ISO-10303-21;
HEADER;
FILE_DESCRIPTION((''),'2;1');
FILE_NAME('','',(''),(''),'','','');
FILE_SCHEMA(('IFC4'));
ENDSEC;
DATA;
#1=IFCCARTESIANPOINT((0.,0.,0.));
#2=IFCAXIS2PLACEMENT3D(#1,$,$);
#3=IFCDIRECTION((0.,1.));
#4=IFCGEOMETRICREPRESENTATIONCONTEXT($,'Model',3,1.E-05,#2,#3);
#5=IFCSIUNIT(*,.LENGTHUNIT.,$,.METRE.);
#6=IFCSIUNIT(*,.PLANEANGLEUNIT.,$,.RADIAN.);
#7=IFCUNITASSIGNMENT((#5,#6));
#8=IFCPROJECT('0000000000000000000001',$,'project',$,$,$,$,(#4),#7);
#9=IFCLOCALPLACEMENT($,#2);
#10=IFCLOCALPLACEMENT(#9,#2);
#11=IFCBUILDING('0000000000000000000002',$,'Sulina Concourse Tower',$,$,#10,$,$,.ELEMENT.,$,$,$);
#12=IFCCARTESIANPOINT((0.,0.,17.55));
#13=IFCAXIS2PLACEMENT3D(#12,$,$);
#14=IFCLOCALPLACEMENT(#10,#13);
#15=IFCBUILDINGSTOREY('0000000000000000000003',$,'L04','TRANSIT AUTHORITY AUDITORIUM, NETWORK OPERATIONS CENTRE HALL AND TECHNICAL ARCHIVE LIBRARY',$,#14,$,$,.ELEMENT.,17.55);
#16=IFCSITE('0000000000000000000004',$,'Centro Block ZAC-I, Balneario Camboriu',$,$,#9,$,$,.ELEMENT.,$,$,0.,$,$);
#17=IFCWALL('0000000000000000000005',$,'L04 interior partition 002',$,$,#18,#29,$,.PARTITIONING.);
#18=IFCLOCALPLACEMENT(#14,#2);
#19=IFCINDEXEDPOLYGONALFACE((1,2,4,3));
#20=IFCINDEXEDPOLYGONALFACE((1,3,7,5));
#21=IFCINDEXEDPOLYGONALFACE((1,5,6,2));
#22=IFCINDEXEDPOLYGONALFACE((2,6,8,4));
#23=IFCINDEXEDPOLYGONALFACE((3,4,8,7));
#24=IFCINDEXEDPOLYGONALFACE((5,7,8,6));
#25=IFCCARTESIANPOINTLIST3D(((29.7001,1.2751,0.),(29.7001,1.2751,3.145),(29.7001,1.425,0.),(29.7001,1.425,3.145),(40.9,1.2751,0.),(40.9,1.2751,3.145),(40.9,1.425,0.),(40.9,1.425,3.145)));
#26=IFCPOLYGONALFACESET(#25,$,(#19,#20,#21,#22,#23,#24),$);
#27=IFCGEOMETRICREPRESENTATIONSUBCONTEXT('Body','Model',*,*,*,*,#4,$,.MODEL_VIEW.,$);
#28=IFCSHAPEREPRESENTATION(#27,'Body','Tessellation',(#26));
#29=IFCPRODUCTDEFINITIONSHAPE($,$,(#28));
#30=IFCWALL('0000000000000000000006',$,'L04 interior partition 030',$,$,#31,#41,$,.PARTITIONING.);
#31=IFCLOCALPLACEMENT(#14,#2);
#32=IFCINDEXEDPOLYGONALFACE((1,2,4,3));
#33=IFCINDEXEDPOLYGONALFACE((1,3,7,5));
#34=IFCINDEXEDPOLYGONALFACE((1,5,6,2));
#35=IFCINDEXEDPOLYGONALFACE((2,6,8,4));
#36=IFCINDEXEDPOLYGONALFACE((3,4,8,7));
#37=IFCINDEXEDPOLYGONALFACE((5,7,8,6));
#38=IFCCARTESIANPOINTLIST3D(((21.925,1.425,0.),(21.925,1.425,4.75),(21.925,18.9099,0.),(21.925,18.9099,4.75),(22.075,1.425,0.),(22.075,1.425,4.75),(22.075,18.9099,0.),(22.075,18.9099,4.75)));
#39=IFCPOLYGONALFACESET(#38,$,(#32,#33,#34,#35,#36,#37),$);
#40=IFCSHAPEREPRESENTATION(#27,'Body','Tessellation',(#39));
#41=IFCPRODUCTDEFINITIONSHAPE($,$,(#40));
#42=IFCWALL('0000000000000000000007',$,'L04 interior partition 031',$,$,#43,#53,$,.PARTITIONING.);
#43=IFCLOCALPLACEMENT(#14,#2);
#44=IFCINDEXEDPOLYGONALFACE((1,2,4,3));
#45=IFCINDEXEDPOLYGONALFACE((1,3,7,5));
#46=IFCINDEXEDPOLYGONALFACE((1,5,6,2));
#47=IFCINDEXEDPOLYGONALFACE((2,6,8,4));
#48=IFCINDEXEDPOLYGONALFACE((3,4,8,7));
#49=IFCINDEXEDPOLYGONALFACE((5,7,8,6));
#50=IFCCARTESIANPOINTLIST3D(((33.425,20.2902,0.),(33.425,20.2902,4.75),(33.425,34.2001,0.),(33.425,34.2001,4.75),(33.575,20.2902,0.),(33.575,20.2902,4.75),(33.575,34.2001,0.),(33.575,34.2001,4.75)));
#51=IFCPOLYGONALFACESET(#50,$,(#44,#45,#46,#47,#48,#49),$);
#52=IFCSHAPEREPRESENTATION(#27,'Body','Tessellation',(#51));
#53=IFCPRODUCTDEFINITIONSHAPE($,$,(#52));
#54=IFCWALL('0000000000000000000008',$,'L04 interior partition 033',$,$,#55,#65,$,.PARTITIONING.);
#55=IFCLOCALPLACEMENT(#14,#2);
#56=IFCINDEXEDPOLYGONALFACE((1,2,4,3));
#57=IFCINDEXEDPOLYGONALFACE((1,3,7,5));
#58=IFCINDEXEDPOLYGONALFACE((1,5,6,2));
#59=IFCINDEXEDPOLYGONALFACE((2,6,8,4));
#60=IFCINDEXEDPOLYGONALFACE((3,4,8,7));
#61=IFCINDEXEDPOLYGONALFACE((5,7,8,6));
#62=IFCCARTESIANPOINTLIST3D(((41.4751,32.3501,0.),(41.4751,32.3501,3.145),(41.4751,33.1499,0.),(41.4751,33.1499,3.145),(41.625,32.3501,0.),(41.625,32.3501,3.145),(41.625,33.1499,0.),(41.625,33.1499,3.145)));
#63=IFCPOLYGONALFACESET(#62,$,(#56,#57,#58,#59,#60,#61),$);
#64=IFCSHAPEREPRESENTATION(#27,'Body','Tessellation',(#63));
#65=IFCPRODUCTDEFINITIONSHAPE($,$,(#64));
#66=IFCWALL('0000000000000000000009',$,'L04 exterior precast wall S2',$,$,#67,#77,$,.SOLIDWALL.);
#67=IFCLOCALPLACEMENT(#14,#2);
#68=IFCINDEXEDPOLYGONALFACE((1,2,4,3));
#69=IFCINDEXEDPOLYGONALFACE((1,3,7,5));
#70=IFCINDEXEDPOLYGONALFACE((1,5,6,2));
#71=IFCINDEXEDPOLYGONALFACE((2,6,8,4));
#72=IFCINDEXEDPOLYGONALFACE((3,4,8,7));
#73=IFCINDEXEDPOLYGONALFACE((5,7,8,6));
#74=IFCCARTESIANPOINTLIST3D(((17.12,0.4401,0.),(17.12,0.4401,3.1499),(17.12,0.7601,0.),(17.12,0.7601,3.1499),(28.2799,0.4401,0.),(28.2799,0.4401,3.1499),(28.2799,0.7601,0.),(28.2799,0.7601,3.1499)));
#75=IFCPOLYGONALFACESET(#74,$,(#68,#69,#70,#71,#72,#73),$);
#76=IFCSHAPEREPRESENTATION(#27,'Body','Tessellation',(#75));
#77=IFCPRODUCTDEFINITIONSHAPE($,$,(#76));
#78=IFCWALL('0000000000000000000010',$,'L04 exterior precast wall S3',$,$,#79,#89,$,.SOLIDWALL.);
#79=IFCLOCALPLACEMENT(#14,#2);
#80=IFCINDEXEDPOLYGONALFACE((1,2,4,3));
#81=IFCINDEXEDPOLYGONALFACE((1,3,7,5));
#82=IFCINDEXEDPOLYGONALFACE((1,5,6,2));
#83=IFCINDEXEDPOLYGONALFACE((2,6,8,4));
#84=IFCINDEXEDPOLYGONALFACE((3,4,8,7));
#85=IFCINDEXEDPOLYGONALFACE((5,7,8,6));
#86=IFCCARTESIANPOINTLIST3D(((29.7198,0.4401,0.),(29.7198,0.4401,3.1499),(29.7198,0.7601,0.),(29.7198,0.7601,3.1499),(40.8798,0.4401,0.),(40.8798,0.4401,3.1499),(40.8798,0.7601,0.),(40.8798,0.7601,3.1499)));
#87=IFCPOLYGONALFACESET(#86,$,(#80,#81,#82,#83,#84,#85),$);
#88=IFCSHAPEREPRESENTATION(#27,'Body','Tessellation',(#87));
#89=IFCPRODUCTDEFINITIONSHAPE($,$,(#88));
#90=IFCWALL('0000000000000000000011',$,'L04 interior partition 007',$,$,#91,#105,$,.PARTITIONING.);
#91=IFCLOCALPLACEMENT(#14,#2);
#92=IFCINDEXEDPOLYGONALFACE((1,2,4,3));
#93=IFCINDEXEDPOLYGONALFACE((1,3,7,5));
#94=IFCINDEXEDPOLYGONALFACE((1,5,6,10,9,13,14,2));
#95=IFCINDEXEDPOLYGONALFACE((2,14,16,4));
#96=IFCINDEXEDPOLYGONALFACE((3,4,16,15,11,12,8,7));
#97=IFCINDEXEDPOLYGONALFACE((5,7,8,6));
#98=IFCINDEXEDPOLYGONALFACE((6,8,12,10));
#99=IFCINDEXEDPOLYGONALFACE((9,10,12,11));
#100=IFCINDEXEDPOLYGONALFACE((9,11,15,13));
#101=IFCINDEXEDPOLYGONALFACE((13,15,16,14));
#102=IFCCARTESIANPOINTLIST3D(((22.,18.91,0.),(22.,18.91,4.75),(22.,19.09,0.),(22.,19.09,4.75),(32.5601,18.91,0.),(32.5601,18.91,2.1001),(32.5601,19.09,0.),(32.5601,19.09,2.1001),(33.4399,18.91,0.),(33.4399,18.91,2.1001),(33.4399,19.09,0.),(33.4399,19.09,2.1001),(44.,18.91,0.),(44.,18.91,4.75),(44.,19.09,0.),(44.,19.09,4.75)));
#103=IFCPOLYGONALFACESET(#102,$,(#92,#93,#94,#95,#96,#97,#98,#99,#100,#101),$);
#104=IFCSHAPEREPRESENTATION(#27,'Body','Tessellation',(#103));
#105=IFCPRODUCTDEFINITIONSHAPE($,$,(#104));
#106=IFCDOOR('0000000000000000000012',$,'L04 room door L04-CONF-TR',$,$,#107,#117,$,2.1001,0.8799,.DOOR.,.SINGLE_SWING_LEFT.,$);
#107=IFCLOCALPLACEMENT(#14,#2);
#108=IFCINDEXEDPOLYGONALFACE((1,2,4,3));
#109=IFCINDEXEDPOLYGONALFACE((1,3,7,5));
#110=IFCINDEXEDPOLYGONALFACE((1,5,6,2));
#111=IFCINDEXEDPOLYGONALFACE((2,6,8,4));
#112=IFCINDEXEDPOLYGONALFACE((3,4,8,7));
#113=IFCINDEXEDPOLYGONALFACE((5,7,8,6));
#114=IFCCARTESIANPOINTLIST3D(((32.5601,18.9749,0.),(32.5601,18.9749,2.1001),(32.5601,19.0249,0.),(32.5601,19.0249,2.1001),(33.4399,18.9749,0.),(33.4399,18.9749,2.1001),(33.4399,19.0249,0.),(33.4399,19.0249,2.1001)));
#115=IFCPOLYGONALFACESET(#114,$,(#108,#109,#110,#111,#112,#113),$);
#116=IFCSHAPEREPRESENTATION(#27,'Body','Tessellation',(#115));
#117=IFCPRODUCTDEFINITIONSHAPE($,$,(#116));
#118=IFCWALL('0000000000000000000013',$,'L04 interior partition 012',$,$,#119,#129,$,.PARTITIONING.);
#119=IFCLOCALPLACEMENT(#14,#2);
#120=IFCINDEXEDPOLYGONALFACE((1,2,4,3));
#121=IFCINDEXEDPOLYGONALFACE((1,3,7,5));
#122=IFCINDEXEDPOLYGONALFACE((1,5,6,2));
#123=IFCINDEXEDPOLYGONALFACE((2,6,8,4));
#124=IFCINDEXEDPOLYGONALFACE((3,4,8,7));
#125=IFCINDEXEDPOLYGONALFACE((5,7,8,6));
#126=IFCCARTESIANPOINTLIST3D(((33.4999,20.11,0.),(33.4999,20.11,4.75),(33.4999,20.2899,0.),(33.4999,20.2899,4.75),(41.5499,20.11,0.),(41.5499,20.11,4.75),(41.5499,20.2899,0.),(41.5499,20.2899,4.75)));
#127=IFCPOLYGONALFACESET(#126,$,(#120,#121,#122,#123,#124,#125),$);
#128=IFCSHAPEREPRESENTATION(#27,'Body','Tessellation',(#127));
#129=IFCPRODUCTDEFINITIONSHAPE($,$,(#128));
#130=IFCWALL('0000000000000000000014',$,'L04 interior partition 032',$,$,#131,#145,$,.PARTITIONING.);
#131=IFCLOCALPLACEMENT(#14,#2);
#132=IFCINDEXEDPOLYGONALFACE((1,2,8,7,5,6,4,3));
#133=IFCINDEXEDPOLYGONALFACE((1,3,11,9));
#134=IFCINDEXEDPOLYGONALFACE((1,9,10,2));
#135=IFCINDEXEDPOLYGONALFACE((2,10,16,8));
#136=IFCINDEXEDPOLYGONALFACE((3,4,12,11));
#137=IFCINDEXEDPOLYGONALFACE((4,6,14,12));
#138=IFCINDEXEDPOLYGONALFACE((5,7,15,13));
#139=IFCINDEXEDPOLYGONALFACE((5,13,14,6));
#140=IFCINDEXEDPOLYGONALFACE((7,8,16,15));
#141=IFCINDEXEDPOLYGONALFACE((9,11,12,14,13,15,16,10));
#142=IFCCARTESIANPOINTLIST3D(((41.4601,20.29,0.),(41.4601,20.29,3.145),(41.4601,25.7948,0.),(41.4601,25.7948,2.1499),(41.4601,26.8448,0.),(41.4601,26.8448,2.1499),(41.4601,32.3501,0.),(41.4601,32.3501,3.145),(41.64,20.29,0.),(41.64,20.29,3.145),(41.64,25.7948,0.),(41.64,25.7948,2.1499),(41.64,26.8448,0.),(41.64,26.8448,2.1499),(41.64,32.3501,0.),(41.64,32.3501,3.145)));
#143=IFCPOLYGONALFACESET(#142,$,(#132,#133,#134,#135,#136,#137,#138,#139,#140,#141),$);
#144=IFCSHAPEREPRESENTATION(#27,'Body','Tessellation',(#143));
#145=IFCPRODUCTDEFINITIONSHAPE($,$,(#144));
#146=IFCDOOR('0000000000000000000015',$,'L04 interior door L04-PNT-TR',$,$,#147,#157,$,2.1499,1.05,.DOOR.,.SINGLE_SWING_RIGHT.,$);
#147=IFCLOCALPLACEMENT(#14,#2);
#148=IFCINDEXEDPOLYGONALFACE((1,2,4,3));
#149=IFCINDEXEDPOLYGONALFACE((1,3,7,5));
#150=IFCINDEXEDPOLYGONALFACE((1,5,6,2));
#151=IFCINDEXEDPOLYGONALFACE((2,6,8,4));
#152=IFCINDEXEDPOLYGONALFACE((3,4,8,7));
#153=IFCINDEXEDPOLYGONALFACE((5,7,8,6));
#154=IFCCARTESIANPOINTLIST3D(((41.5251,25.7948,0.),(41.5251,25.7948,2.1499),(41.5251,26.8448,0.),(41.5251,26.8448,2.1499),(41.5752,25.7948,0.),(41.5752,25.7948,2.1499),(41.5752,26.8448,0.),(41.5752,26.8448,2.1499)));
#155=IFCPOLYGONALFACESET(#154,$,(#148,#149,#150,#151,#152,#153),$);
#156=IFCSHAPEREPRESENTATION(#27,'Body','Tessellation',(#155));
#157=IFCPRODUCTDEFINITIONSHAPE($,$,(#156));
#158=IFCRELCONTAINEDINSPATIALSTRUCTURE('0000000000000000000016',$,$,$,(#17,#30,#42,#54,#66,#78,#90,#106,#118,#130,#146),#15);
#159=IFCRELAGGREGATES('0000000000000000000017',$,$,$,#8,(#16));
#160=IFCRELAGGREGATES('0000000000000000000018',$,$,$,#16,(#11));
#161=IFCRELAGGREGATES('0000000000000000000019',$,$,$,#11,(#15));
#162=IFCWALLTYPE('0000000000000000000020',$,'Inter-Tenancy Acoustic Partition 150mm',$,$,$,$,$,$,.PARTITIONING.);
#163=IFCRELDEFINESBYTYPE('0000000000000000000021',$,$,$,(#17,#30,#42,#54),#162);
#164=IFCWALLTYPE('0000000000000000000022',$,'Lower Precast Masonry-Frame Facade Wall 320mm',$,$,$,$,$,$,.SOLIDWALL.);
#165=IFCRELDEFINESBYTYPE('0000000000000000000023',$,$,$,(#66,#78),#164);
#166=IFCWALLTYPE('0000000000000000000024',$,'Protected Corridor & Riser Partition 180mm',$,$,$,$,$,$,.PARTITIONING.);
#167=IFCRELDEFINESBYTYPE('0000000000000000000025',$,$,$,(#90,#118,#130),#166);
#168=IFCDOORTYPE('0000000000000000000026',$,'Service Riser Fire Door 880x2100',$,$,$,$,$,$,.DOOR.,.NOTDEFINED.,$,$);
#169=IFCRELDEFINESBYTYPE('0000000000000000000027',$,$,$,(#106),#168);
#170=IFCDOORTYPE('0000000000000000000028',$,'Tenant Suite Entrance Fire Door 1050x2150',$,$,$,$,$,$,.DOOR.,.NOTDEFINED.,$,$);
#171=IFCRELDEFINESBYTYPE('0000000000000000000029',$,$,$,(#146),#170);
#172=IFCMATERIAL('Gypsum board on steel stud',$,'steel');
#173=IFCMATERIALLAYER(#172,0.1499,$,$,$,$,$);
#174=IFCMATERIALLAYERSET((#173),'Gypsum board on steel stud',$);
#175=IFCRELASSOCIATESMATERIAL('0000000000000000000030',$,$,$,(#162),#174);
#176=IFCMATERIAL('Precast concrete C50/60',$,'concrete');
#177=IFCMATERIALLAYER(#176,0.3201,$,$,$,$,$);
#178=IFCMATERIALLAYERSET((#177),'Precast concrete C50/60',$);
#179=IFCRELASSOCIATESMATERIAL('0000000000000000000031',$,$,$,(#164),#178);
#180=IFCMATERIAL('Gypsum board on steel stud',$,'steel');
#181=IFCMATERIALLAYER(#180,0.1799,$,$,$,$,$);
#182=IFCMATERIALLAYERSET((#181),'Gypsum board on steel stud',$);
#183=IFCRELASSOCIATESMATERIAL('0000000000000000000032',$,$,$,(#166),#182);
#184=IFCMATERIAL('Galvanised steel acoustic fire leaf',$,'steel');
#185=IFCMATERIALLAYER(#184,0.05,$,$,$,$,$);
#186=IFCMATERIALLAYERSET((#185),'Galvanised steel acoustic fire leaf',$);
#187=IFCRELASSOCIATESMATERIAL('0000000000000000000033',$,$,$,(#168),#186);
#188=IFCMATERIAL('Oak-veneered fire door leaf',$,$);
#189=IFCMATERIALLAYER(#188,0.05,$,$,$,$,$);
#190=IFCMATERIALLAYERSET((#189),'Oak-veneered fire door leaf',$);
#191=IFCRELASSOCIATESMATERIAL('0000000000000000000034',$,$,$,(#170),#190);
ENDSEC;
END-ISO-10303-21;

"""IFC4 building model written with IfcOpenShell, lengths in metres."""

from ifc_helpers import new_model, si_unit, direction, frame, frame_2d, origin, place, context, subcontext, project, spatial, rectangle, extrude, material, layer, layer_set, type_object, element, fill, save


model = new_model("IFC4")

# Units and contexts
model_context = context("Model", 3, precision=1e-05, world=origin(), true_north=direction((0.0, 1.0)))
body_context = subcontext(model_context, "Body", "Model", "MODEL_VIEW")
ifc_project = project(units=[si_unit("LENGTHUNIT", "METRE"), si_unit("PLANEANGLEUNIT", "RADIAN")], contexts=[model_context])

# Site, building, storey
site_placement = place(None, origin())
site = spatial("IfcSite", under=ifc_project, at=site_placement, Name="Centro Block ZAC-I, Balneario Camboriu", CompositionType="ELEMENT", RefElevation=0.0)
building_placement = place(site_placement, origin())
building = spatial("IfcBuilding", under=site, at=building_placement, Name="Sulina Concourse Tower", CompositionType="ELEMENT")
storey_placement = place(building_placement, frame((0.0, 0.0, 17.55)))
storey = spatial("IfcBuildingStorey", under=building, at=storey_placement, Name="L04", Description="TRANSIT AUTHORITY AUDITORIUM, NETWORK OPERATIONS CENTRE HALL AND TECHNICAL ARCHIVE LIBRARY", CompositionType="ELEMENT", Elevation=17.55)

# Walls
ifc_material_1 = material(Name="Gypsum board on steel stud", Category="steel")
ifc_layer_1 = layer(ifc_material_1, 0.1499)
ifc_layer_set_1 = layer_set([ifc_layer_1], Name="Gypsum board on steel stud")
wall_type_1 = type_object("IfcWallType", Name="Inter-Tenancy Acoustic Partition 150mm", PredefinedType="PARTITIONING", material=ifc_layer_set_1)
wall_1_placement = place(storey_placement, frame((29.7, 1.3501, 0.0), z_axis=(0.0, 0.0, 1.0), x_axis=(1.0, 0.0, 0.0)))
element("IfcWall", 1, at=wall_1_placement, inside=storey, type_object=wall_type_1, Name="L04 interior partition 002", PredefinedType="PARTITIONING", context=body_context, shape_type="SweptSolid", body=[
    extrude(rectangle(XDim=11.2, YDim=0.1499, at=frame_2d((5.6001, 0.0))), origin(), (0.0, 0.0, 1.0), 3.145),
])
wall_2_placement = place(storey_placement, frame((22.0, 1.425, 0.0), z_axis=(0.0, 0.0, 1.0), x_axis=(0.0, 1.0, 0.0)))
element("IfcWall", 2, at=wall_2_placement, inside=storey, type_object=wall_type_1, Name="L04 interior partition 030", PredefinedType="PARTITIONING", context=body_context, shape_type="SweptSolid", body=[
    extrude(rectangle(XDim=17.4849, YDim=0.1499, at=frame_2d((8.7424, 0.0))), origin(), (0.0, 0.0, 1.0), 4.75),
])
wall_3_placement = place(storey_placement, frame((33.5, 20.29, 0.0), z_axis=(0.0, 0.0, 1.0), x_axis=(0.0, 1.0, 0.0)))
element("IfcWall", 3, at=wall_3_placement, inside=storey, type_object=wall_type_1, Name="L04 interior partition 031", PredefinedType="PARTITIONING", context=body_context, shape_type="SweptSolid", body=[
    extrude(rectangle(XDim=13.9099, YDim=0.1499, at=frame_2d((6.9551, 0.0))), origin(), (0.0, 0.0, 1.0), 4.75),
])
wall_4_placement = place(storey_placement, frame((41.55, 32.3501, 0.0), z_axis=(0.0, 0.0, 1.0), x_axis=(0.0, 1.0, 0.0)))
element("IfcWall", 4, at=wall_4_placement, inside=storey, type_object=wall_type_1, Name="L04 interior partition 033", PredefinedType="PARTITIONING", context=body_context, shape_type="SweptSolid", body=[
    extrude(rectangle(XDim=0.7998, YDim=0.1499, at=frame_2d((0.3999, 0.0))), origin(), (0.0, 0.0, 1.0), 3.145),
])
ifc_material_2 = material(Name="Precast concrete C50/60", Category="concrete")
ifc_layer_2 = layer(ifc_material_2, 0.3201)
ifc_layer_set_2 = layer_set([ifc_layer_2], Name="Precast concrete C50/60")
wall_type_2 = type_object("IfcWallType", Name="Lower Precast Masonry-Frame Facade Wall 320mm", PredefinedType="SOLIDWALL", material=ifc_layer_set_2)
for number, where, z_axis, x_axis, name in (
    (5, (28.28, 0.6001, 0.0), (0.0, 0.0, 1.0), (-1.0, 0.0, 0.0), "L04 exterior precast wall S2"),
    (6, (40.8799, 0.6001, 0.0), (0.0, 0.0, 1.0), (-1.0, 0.0, 0.0), "L04 exterior precast wall S3"),
):
    element("IfcWall", number, at=place(storey_placement, frame(where, z_axis=z_axis, x_axis=x_axis)), inside=storey, type_object=wall_type_2, Name=name, PredefinedType="SOLIDWALL", context=body_context, shape_type="SweptSolid", body=[
        extrude(rectangle(XDim=11.1599, YDim=0.3201, at=frame_2d((5.5801, 0.0))), origin(), (0.0, 0.0, 1.0), 3.1499),
    ])

# Wall, opening, door
ifc_material_3 = material(Name="Gypsum board on steel stud", Category="steel")
ifc_layer_3 = layer(ifc_material_3, 0.1799)
ifc_layer_set_3 = layer_set([ifc_layer_3], Name="Gypsum board on steel stud")
wall_type_3 = type_object("IfcWallType", Name="Protected Corridor & Riser Partition 180mm", PredefinedType="PARTITIONING", material=ifc_layer_set_3)
wall_5_placement = place(storey_placement, frame((22.0, 19.0, 0.0), z_axis=(0.0, 0.0, 1.0), x_axis=(1.0, 0.0, 0.0)))
wall_5 = element("IfcWall", 7, at=wall_5_placement, inside=storey, type_object=wall_type_3, Name="L04 interior partition 007", PredefinedType="PARTITIONING", context=body_context, shape_type="SweptSolid", body=[
    extrude(rectangle(XDim=22.0, YDim=0.1799, at=frame_2d((11.0, 0.0))), origin(), (0.0, 0.0, 1.0), 4.75),
])
opening_1_placement = place(wall_5_placement, frame((10.5601, 0.0, 0.0)))
opening_1 = element("IfcOpeningElement", 8, at=opening_1_placement, cuts=wall_5, PredefinedType="OPENING", context=body_context, shape_type="SweptSolid", body=[
    extrude(rectangle(XDim=0.8799, YDim=2.1001, at=frame_2d((0.4399, 1.05))), frame((0.0, 0.0999, 0.0), z_axis=(0.0, -1.0, 0.0), x_axis=(1.0, 0.0, 0.0)), (0.0, 0.0, 1.0), 0.2),
])
ifc_material_4 = material(Name="Galvanised steel acoustic fire leaf", Category="steel")
ifc_layer_4 = layer(ifc_material_4, 0.05)
ifc_layer_set_4 = layer_set([ifc_layer_4], Name="Galvanised steel acoustic fire leaf")
door_type_1 = type_object("IfcDoorType", Name="Service Riser Fire Door 880x2100", OperationType="NOTDEFINED", PredefinedType="DOOR", material=ifc_layer_set_4)
door_1_placement = place(opening_1_placement, origin())
door_1 = element("IfcDoor", 9, at=door_1_placement, inside=storey, type_object=door_type_1, Name="L04 room door L04-CONF-TR", OperationType="SINGLE_SWING_LEFT", OverallHeight=2.1001, OverallWidth=0.8799, PredefinedType="DOOR", context=body_context, shape_type="SweptSolid", body=[
    extrude(rectangle(XDim=0.8799, YDim=2.1001, at=frame_2d((0.4399, 1.05))), frame((0.0, 0.0249, 0.0), z_axis=(0.0, -1.0, 0.0), x_axis=(1.0, 0.0, 0.0)), (0.0, 0.0, 1.0), 0.05),
])
fill(opening_1, door_1)

# Wall
wall_6_placement = place(storey_placement, frame((33.5, 20.2, 0.0), z_axis=(0.0, 0.0, 1.0), x_axis=(1.0, 0.0, 0.0)))
element("IfcWall", 10, at=wall_6_placement, inside=storey, type_object=wall_type_3, Name="L04 interior partition 012", PredefinedType="PARTITIONING", context=body_context, shape_type="SweptSolid", body=[
    extrude(rectangle(XDim=8.05, YDim=0.1799, at=frame_2d((4.0249, 0.0))), origin(), (0.0, 0.0, 1.0), 4.75),
])

# Wall, opening, door
wall_7_placement = place(storey_placement, frame((41.55, 20.29, 0.0), z_axis=(0.0, 0.0, 1.0), x_axis=(0.0, 1.0, 0.0)))
wall_7 = element("IfcWall", 11, at=wall_7_placement, inside=storey, type_object=wall_type_3, Name="L04 interior partition 032", PredefinedType="PARTITIONING", context=body_context, shape_type="SweptSolid", body=[
    extrude(rectangle(XDim=12.0601, YDim=0.1799, at=frame_2d((6.03, 0.0))), origin(), (0.0, 0.0, 1.0), 3.145),
])
opening_2_placement = place(wall_7_placement, frame((5.5049, 0.0, 0.0)))
opening_2 = element("IfcOpeningElement", 12, at=opening_2_placement, cuts=wall_7, PredefinedType="OPENING", context=body_context, shape_type="SweptSolid", body=[
    extrude(rectangle(XDim=1.05, YDim=2.1499, at=frame_2d((0.5249, 1.075))), frame((0.0, 0.0999, 0.0), z_axis=(0.0, -1.0, 0.0), x_axis=(1.0, 0.0, 0.0)), (0.0, 0.0, 1.0), 0.2),
])
ifc_material_5 = material(Name="Oak-veneered fire door leaf")
ifc_layer_5 = layer(ifc_material_5, 0.05)
ifc_layer_set_5 = layer_set([ifc_layer_5], Name="Oak-veneered fire door leaf")
door_type_2 = type_object("IfcDoorType", Name="Tenant Suite Entrance Fire Door 1050x2150", OperationType="NOTDEFINED", PredefinedType="DOOR", material=ifc_layer_set_5)
door_2_placement = place(opening_2_placement, origin())
door_2 = element("IfcDoor", 13, at=door_2_placement, inside=storey, type_object=door_type_2, Name="L04 interior door L04-PNT-TR", OperationType="SINGLE_SWING_RIGHT", OverallHeight=2.1499, OverallWidth=1.05, PredefinedType="DOOR", context=body_context, shape_type="SweptSolid", body=[
    extrude(rectangle(XDim=1.05, YDim=2.1499, at=frame_2d((0.5249, 1.075))), frame((0.0, 0.0249, 0.0), z_axis=(0.0, -1.0, 0.0), x_axis=(1.0, 0.0, 0.0)), (0.0, 0.0, 1.0), 0.05),
])
fill(opening_2, door_2)

save(model, "model.ifc")
